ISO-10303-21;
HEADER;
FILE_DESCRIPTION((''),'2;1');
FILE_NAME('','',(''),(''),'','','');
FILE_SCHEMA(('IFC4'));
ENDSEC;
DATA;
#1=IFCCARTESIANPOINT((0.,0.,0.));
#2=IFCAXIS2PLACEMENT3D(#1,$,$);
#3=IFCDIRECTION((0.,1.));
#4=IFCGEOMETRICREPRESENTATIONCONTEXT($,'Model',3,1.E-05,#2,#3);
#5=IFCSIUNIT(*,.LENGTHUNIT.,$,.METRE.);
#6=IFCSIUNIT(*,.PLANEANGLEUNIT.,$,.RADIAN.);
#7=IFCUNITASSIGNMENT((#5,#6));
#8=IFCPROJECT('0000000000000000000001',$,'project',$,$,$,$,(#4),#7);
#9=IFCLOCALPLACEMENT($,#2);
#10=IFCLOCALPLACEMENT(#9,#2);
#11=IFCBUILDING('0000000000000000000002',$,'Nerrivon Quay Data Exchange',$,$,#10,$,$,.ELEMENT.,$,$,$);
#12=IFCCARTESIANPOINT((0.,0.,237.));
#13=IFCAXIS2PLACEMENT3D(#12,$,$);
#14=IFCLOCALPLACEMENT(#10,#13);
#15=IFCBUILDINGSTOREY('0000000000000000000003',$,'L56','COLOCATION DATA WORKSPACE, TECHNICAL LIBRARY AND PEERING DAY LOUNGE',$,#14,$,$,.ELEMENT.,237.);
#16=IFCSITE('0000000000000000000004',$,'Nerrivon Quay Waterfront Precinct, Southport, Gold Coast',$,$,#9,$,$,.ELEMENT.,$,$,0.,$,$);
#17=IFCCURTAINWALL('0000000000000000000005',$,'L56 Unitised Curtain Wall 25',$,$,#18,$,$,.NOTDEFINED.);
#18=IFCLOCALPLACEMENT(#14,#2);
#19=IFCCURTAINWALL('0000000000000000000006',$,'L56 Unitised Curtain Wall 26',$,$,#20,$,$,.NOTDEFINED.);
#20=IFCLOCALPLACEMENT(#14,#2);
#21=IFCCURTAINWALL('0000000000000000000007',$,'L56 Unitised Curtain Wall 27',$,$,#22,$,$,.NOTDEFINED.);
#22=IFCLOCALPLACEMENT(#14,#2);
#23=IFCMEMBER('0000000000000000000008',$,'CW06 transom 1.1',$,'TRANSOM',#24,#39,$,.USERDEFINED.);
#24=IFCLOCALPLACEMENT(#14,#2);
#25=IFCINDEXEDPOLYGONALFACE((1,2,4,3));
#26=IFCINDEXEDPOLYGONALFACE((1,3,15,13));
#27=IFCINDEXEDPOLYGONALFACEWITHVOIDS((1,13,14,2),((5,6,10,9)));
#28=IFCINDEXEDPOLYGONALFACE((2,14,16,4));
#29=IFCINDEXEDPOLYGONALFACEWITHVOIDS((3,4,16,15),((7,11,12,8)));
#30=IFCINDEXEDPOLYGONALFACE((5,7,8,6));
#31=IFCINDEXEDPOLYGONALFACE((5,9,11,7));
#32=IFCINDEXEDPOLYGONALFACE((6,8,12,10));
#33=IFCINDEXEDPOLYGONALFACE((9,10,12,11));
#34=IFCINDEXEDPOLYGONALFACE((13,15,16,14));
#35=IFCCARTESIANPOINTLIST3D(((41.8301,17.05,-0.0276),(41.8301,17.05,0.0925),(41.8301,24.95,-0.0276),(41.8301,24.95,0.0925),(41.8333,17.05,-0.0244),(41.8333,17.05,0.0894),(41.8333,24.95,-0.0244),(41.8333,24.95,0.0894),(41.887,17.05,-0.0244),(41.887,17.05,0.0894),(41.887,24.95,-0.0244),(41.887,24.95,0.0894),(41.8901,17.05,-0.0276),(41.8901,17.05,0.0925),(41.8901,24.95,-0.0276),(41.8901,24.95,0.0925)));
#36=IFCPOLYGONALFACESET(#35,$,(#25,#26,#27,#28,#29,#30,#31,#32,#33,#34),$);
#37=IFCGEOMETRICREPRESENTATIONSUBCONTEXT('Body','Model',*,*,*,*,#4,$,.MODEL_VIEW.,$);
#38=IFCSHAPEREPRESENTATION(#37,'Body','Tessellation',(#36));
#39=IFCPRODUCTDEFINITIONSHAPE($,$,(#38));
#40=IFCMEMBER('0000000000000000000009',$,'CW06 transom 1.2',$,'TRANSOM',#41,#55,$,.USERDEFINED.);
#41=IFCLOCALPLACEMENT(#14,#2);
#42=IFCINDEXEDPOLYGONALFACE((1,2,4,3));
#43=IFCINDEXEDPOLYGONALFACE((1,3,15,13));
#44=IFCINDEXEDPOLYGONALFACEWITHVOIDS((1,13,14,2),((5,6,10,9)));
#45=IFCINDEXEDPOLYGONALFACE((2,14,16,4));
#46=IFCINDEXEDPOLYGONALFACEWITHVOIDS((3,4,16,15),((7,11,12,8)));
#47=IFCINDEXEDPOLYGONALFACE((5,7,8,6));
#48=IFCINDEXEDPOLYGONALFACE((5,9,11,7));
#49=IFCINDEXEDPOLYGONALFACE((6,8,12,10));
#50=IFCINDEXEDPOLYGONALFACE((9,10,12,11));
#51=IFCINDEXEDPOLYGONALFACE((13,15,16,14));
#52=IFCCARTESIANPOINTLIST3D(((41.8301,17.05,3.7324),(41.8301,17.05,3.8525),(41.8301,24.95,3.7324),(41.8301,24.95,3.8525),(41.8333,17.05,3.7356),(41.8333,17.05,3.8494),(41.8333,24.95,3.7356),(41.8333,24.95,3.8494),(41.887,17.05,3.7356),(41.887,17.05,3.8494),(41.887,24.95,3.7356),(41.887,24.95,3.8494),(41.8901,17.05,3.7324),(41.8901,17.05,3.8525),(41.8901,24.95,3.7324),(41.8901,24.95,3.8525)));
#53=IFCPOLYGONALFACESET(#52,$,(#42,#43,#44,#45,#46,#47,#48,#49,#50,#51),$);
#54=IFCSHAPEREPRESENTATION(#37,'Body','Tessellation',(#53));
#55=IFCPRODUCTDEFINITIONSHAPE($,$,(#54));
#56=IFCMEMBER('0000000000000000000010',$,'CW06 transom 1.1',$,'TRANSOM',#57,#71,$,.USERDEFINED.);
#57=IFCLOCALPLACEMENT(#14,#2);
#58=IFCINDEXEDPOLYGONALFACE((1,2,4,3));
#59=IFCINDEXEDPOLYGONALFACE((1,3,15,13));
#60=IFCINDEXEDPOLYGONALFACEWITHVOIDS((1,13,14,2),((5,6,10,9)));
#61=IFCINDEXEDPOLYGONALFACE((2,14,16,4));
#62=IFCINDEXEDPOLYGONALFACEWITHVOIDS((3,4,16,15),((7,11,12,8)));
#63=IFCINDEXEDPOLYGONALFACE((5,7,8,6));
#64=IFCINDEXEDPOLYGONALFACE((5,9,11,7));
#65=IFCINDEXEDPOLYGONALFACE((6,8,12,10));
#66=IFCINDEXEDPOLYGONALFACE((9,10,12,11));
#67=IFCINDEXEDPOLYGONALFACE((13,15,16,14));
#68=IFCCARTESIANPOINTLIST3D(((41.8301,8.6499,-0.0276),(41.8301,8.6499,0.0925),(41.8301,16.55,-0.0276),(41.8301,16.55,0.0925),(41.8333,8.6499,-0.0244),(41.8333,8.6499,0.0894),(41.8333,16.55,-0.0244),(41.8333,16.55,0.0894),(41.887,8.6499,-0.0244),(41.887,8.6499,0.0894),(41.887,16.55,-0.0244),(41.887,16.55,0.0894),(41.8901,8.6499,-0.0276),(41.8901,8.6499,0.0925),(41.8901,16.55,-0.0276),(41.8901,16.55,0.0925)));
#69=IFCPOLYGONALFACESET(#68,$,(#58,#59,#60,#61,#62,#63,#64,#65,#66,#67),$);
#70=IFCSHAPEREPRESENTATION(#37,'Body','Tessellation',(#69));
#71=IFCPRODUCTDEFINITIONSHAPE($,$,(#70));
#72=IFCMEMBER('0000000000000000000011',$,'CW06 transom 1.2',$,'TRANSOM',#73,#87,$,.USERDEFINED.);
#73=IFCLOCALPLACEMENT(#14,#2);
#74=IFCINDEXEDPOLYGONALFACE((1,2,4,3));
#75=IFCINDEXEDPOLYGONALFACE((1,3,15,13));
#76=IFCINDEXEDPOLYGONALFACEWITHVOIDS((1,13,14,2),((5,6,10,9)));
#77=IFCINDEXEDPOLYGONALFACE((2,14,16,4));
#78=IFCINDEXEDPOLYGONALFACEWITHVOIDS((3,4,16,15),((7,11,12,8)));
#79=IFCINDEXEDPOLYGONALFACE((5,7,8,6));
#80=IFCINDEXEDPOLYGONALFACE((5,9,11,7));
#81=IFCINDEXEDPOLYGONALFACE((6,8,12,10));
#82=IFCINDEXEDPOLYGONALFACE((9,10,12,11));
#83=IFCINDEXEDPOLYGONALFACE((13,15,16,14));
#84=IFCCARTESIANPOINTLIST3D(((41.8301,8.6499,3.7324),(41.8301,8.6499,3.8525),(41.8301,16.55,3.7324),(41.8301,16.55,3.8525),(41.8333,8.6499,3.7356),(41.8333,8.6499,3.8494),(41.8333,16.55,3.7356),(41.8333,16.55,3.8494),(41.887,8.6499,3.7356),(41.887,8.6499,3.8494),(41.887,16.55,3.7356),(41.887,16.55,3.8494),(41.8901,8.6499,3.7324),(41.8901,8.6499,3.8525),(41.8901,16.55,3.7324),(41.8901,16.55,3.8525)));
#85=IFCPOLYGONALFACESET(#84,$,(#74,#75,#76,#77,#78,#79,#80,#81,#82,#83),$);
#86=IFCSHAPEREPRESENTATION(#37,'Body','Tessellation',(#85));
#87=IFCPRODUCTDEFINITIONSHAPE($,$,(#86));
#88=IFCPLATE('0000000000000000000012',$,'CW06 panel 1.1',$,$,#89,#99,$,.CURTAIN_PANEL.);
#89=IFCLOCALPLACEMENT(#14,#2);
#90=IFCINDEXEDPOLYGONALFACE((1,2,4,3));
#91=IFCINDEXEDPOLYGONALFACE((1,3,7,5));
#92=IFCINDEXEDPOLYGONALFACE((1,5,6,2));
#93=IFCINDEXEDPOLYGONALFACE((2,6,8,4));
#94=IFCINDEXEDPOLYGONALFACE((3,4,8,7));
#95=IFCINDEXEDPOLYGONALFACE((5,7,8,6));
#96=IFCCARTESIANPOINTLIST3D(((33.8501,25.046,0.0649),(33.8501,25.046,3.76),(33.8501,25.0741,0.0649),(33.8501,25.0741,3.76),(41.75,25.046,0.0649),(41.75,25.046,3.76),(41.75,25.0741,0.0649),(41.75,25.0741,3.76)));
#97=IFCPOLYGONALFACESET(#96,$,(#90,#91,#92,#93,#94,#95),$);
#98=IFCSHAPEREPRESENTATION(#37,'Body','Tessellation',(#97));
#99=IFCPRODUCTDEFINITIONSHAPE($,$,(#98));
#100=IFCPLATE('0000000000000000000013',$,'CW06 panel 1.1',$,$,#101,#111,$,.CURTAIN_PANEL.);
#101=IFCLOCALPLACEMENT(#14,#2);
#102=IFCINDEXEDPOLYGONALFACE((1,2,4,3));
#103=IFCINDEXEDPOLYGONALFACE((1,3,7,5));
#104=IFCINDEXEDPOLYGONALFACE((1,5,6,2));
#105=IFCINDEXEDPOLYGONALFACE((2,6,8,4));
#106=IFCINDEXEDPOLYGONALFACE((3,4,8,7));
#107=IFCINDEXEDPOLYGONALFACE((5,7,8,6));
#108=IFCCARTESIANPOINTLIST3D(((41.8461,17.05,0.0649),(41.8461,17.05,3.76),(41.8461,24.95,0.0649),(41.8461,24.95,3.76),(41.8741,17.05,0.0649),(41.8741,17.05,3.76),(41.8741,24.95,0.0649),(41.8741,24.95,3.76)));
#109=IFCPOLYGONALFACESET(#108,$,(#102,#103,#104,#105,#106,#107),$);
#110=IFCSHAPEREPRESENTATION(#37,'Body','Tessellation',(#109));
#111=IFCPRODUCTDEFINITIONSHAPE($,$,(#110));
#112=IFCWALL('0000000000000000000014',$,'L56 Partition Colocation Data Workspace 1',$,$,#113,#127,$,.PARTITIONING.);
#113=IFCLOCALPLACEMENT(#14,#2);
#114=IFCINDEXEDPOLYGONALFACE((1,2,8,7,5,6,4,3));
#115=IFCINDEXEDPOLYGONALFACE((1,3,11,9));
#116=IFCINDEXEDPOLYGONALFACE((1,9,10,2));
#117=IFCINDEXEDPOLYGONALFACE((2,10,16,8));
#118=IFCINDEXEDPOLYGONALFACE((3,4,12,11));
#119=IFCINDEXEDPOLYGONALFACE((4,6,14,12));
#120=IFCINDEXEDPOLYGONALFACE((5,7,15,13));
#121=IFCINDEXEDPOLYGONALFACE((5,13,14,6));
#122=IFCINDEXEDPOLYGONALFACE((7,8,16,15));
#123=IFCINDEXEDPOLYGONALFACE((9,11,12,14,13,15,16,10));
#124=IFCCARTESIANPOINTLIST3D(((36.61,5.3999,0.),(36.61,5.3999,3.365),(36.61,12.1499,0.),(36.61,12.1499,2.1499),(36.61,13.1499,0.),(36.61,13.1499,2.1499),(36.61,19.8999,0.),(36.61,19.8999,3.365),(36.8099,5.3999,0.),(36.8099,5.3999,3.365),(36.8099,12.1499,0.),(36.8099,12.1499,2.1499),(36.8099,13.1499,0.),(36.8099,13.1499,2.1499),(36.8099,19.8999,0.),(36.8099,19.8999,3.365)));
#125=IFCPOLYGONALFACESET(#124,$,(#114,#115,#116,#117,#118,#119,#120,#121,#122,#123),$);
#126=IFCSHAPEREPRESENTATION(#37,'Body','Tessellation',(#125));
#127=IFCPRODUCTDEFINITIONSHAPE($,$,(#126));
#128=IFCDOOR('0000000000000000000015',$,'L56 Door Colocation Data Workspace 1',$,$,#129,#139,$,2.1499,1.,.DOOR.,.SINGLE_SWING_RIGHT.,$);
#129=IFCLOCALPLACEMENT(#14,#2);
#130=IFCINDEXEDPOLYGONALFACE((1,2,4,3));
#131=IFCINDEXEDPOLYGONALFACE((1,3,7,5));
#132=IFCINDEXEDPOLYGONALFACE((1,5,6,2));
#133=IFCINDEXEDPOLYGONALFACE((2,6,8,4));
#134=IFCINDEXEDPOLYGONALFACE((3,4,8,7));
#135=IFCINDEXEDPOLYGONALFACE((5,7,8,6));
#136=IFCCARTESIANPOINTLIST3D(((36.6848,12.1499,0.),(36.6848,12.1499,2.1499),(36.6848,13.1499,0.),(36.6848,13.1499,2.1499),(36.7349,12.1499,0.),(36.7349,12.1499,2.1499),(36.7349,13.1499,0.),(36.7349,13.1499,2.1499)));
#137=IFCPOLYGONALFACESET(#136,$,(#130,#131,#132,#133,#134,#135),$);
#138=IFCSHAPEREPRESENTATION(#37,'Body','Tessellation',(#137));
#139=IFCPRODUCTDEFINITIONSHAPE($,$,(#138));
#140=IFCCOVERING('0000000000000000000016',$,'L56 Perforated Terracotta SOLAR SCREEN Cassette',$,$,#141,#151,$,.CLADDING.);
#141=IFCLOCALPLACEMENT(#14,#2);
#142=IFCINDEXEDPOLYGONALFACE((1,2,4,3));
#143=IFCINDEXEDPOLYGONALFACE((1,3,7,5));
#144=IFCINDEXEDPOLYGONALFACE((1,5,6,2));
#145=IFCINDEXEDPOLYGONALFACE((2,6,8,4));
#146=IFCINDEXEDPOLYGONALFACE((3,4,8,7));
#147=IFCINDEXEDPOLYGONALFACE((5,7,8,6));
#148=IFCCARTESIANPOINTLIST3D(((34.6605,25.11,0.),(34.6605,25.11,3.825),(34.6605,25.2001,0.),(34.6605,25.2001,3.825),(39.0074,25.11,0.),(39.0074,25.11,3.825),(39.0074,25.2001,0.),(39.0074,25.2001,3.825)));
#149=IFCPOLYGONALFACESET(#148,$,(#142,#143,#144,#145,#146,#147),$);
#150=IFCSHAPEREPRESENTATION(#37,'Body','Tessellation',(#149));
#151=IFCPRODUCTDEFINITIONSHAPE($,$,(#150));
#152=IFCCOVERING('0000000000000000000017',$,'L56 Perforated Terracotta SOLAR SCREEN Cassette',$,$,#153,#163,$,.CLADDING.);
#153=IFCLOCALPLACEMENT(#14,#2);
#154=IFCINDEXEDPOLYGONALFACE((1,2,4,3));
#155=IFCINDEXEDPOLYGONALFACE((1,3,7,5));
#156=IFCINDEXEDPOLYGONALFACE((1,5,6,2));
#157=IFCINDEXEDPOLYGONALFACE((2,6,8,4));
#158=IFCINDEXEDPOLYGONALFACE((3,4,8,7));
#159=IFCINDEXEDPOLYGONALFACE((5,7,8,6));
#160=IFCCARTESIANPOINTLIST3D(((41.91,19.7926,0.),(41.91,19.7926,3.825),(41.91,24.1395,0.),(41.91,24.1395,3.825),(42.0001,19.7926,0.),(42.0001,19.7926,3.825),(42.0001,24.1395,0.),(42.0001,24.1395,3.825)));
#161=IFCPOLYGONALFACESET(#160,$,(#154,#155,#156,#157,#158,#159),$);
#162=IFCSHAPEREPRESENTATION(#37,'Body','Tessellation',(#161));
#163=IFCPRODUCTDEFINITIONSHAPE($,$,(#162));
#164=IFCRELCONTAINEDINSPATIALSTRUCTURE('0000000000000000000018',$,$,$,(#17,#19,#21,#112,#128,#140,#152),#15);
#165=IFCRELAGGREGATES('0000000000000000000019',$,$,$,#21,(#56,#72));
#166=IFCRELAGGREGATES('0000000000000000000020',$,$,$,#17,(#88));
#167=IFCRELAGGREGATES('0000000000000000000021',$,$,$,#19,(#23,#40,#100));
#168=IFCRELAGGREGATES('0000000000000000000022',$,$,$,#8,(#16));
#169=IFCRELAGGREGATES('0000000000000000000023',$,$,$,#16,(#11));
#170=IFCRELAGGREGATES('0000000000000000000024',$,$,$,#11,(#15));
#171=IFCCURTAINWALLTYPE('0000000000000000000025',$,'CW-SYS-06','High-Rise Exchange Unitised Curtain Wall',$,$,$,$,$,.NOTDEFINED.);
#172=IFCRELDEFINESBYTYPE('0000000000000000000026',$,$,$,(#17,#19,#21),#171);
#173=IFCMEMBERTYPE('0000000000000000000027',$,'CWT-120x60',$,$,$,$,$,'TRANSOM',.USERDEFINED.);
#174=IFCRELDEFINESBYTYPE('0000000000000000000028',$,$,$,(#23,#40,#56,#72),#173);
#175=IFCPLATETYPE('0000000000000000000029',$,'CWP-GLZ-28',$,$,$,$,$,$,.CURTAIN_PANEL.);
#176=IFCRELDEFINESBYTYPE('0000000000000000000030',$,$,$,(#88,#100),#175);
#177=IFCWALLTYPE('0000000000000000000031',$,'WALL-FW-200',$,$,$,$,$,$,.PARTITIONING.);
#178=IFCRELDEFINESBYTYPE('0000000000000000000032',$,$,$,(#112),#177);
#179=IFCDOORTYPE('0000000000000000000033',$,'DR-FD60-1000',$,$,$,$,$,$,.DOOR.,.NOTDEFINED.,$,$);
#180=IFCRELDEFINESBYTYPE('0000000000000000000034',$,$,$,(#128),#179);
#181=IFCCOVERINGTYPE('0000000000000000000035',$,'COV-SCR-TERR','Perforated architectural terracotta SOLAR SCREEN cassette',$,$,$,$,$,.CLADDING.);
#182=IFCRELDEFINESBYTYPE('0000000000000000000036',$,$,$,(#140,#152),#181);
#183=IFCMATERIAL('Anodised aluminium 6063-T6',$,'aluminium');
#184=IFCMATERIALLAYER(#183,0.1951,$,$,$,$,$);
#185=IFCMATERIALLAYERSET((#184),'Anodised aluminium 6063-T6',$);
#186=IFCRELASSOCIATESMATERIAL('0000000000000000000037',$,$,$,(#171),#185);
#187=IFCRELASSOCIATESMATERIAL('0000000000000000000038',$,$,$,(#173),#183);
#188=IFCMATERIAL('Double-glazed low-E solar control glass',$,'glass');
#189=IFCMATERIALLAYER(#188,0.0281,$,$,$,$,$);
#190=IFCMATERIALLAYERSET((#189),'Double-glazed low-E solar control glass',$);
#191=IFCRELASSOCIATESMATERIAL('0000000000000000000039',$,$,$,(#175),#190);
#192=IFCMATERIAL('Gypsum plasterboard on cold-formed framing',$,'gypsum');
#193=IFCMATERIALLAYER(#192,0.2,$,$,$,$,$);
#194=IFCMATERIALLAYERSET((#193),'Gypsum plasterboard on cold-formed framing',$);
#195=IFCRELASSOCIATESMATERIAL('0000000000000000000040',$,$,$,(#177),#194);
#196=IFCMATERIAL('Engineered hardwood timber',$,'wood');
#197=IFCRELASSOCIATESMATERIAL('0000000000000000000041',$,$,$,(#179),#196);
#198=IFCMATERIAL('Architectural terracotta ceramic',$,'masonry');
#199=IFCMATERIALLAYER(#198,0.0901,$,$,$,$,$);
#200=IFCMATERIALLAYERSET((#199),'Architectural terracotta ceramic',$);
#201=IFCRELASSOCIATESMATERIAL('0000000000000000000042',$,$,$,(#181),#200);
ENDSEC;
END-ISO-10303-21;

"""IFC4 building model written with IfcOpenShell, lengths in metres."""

from ifc_helpers import new_model, si_unit, direction, frame, frame_2d, origin, origin_2d, place, context, subcontext, project, spatial, rectangle, hollow_rectangle, extrude, material, layer, layer_set, material_profile, profile_set, type_object, element, fill, aggregate, save


model = new_model("IFC4")

# Units and contexts
model_context = context("Model", 3, precision=1e-05, world=origin(), true_north=direction((0.0, 1.0)))
body_context = subcontext(model_context, "Body", "Model", "MODEL_VIEW")
ifc_project = project(units=[si_unit("LENGTHUNIT", "METRE"), si_unit("PLANEANGLEUNIT", "RADIAN")], contexts=[model_context])

# Site, building, storey
site_placement = place(None, origin())
site = spatial("IfcSite", under=ifc_project, at=site_placement, Name="Nerrivon Quay Waterfront Precinct, Southport, Gold Coast", CompositionType="ELEMENT", RefElevation=0.0)
building_placement = place(site_placement, origin())
building = spatial("IfcBuilding", under=site, at=building_placement, Name="Nerrivon Quay Data Exchange", CompositionType="ELEMENT")
storey_placement = place(building_placement, frame((0.0, 0.0, 237.0)))
storey = spatial("IfcBuildingStorey", under=building, at=storey_placement, Name="L56", Description="COLOCATION DATA WORKSPACE, TECHNICAL LIBRARY AND PEERING DAY LOUNGE", CompositionType="ELEMENT", Elevation=237.0)

# Curtain walls
ifc_material_1 = material(Name="Anodised aluminium 6063-T6", Category="aluminium")
ifc_layer_1 = layer(ifc_material_1, 0.1951)
ifc_layer_set_1 = layer_set([ifc_layer_1], Name="Anodised aluminium 6063-T6")
curtain_wall_type = type_object("IfcCurtainWallType", Name="CW-SYS-06", Description="High-Rise Exchange Unitised Curtain Wall", PredefinedType="NOTDEFINED", material=ifc_layer_set_1)
curtain_wall_1_placement = place(storey_placement, origin())
curtain_wall_1 = element("IfcCurtainWall", 1, at=curtain_wall_1_placement, inside=storey, type_object=curtain_wall_type, Name="L56 Unitised Curtain Wall 25", PredefinedType="NOTDEFINED")
curtain_wall_2_placement = place(storey_placement, origin())
curtain_wall_2 = element("IfcCurtainWall", 2, at=curtain_wall_2_placement, inside=storey, type_object=curtain_wall_type, Name="L56 Unitised Curtain Wall 26", PredefinedType="NOTDEFINED")

# Curtain wall
curtain_wall_3_placement = place(storey_placement, origin())
curtain_wall_3 = element("IfcCurtainWall", 3, at=curtain_wall_3_placement, inside=storey, type_object=curtain_wall_type, Name="L56 Unitised Curtain Wall 27", PredefinedType="NOTDEFINED")

# Members
ifc_material_profile_1 = material_profile(ifc_material_1, hollow_rectangle(XDim=0.0601, YDim=0.1201, WallThickness=0.0032, at=origin_2d()), Name="ALU-TRAN-120x60")
ifc_profile_set_1 = profile_set([ifc_material_profile_1], Name="Anodised aluminium 6063-T6")
member_type_1 = type_object("IfcMemberType", Name="CWT-120x60", ElementType="TRANSOM", PredefinedType="USERDEFINED", material=ifc_profile_set_1)
member_1_placement = place(storey_placement, frame((41.8601, 24.95, 0.0325), z_axis=(0.0, -1.0, 0.0), x_axis=(1.0, 0.0, 0.0)))
member_1 = element("IfcMember", 4, at=member_1_placement, type_object=member_type_1, Name="CW06 transom 1.1", ObjectType="TRANSOM", PredefinedType="USERDEFINED", context=body_context, shape_type="SweptSolid", body=[
    extrude(hollow_rectangle(XDim=0.0601, YDim=0.1201, WallThickness=0.0032, at=origin_2d()), origin(), (0.0, 0.0, 1.0), 7.8999),
])
member_2_placement = place(storey_placement, frame((41.8601, 24.95, 3.7925), z_axis=(0.0, -1.0, 0.0), x_axis=(1.0, 0.0, 0.0)))
member_2 = element("IfcMember", 5, at=member_2_placement, type_object=member_type_1, Name="CW06 transom 1.2", ObjectType="TRANSOM", PredefinedType="USERDEFINED", context=body_context, shape_type="SweptSolid", body=[
    extrude(hollow_rectangle(XDim=0.0601, YDim=0.1201, WallThickness=0.0032, at=origin_2d()), origin(), (0.0, 0.0, 1.0), 7.8999),
])
member_3_placement = place(storey_placement, frame((41.8601, 16.55, 0.0325), z_axis=(0.0, -1.0, 0.0), x_axis=(1.0, 0.0, 0.0)))
member_3 = element("IfcMember", 6, at=member_3_placement, type_object=member_type_1, Name="CW06 transom 1.1", ObjectType="TRANSOM", PredefinedType="USERDEFINED", context=body_context, shape_type="SweptSolid", body=[
    extrude(hollow_rectangle(XDim=0.0601, YDim=0.1201, WallThickness=0.0032, at=origin_2d()), origin(), (0.0, 0.0, 1.0), 7.9001),
])
member_4_placement = place(storey_placement, frame((41.8601, 16.55, 3.7925), z_axis=(0.0, -1.0, 0.0), x_axis=(1.0, 0.0, 0.0)))
member_4 = element("IfcMember", 7, at=member_4_placement, type_object=member_type_1, Name="CW06 transom 1.2", ObjectType="TRANSOM", PredefinedType="USERDEFINED", context=body_context, shape_type="SweptSolid", body=[
    extrude(hollow_rectangle(XDim=0.0601, YDim=0.1201, WallThickness=0.0032, at=origin_2d()), origin(), (0.0, 0.0, 1.0), 7.9001),
])
aggregate(curtain_wall_3, [member_3, member_4])

# Plates
ifc_material_2 = material(Name="Double-glazed low-E solar control glass", Category="glass")
ifc_layer_2 = layer(ifc_material_2, 0.0281)
ifc_layer_set_2 = layer_set([ifc_layer_2], Name="Double-glazed low-E solar control glass")
plate_type = type_object("IfcPlateType", Name="CWP-GLZ-28", PredefinedType="CURTAIN_PANEL", material=ifc_layer_set_2)
plate_1_placement = place(storey_placement, frame((37.8, 25.0601, 0.0649), z_axis=(0.0, 0.0, 1.0), x_axis=(1.0, 0.0, 0.0)))
plate_1 = element("IfcPlate", 8, at=plate_1_placement, type_object=plate_type, Name="CW06 panel 1.1", PredefinedType="CURTAIN_PANEL", context=body_context, shape_type="SweptSolid", body=[
    extrude(rectangle(XDim=7.8999, YDim=0.0281, at=origin_2d()), origin(), (0.0, 0.0, 1.0), 3.6951),
])
aggregate(curtain_wall_1, [plate_1])
plate_2_placement = place(storey_placement, frame((41.8601, 21.0, 0.0649), z_axis=(0.0, 0.0, 1.0), x_axis=(0.0, -1.0, 0.0)))
plate_2 = element("IfcPlate", 9, at=plate_2_placement, type_object=plate_type, Name="CW06 panel 1.1", PredefinedType="CURTAIN_PANEL", context=body_context, shape_type="SweptSolid", body=[
    extrude(rectangle(XDim=7.8999, YDim=0.0281, at=origin_2d()), origin(), (0.0, 0.0, 1.0), 3.6951),
])
aggregate(curtain_wall_2, [member_1, member_2, plate_2])

# Wall, opening, door
ifc_material_3 = material(Name="Gypsum plasterboard on cold-formed framing", Category="gypsum")
ifc_layer_3 = layer(ifc_material_3, 0.2)
ifc_layer_set_3 = layer_set([ifc_layer_3], Name="Gypsum plasterboard on cold-formed framing")
wall_type = type_object("IfcWallType", Name="WALL-FW-200", PredefinedType="PARTITIONING", material=ifc_layer_set_3)
wall_placement = place(storey_placement, frame((36.71, 19.8999, 0.0), z_axis=(0.0, 0.0, 1.0), x_axis=(0.0, -1.0, 0.0)))
wall = element("IfcWall", 10, at=wall_placement, inside=storey, type_object=wall_type, Name="L56 Partition Colocation Data Workspace 1", PredefinedType="PARTITIONING", context=body_context, shape_type="SweptSolid", body=[
    extrude(rectangle(XDim=14.5, YDim=0.2, at=frame_2d((7.25, 0.0))), origin(), (0.0, 0.0, 1.0), 3.365),
])
opening_placement = place(wall_placement, frame((6.75, 0.0, 0.0)))
opening = element("IfcOpeningElement", 11, at=opening_placement, cuts=wall, PredefinedType="OPENING", context=body_context, shape_type="SweptSolid", body=[
    extrude(rectangle(XDim=1.0, YDim=2.1499, at=frame_2d((0.5, 1.075))), frame((0.0, 0.1099, 0.0), z_axis=(0.0, -1.0, 0.0), x_axis=(1.0, 0.0, 0.0)), (0.0, 0.0, 1.0), 0.22),
])
ifc_material_4 = material(Name="Engineered hardwood timber", Category="wood")
door_type = type_object("IfcDoorType", Name="DR-FD60-1000", OperationType="NOTDEFINED", PredefinedType="DOOR", material=ifc_material_4)
door_placement = place(opening_placement, origin())
door = element("IfcDoor", 12, at=door_placement, inside=storey, type_object=door_type, Name="L56 Door Colocation Data Workspace 1", OperationType="SINGLE_SWING_RIGHT", OverallHeight=2.1499, OverallWidth=1.0, PredefinedType="DOOR", context=body_context, shape_type="SweptSolid", body=[
    extrude(rectangle(XDim=1.0, YDim=2.1499, at=frame_2d((0.5, 1.075))), frame((0.0, 0.0249, 0.0), z_axis=(0.0, -1.0, 0.0), x_axis=(1.0, 0.0, 0.0)), (0.0, 0.0, 1.0), 0.05),
])
fill(opening, door)

# Coverings
ifc_material_5 = material(Name="Architectural terracotta ceramic", Category="masonry")
ifc_layer_4 = layer(ifc_material_5, 0.0901)
ifc_layer_set_4 = layer_set([ifc_layer_4], Name="Architectural terracotta ceramic")
covering_type = type_object("IfcCoveringType", Name="COV-SCR-TERR", Description="Perforated architectural terracotta SOLAR SCREEN cassette", PredefinedType="CLADDING", material=ifc_layer_set_4)
for number, where, z_axis, x_axis, name in (
    (13, (36.834, 25.155, 0.0), (0.0, 0.0, 1.0), (1.0, 0.0, 0.0), "L56 Perforated Terracotta SOLAR SCREEN Cassette"),
    (14, (41.9551, 21.9661, 0.0), (0.0, 0.0, 1.0), (0.0, -1.0, 0.0), "L56 Perforated Terracotta SOLAR SCREEN Cassette"),
):
    element("IfcCovering", number, at=place(storey_placement, frame(where, z_axis=z_axis, x_axis=x_axis)), inside=storey, type_object=covering_type, Name=name, PredefinedType="CLADDING", context=body_context, shape_type="SweptSolid", body=[
        extrude(rectangle(XDim=4.3469, YDim=0.0901, at=origin_2d()), origin(), (0.0, 0.0, 1.0), 3.825),
    ])

save(model, "model.ifc")
